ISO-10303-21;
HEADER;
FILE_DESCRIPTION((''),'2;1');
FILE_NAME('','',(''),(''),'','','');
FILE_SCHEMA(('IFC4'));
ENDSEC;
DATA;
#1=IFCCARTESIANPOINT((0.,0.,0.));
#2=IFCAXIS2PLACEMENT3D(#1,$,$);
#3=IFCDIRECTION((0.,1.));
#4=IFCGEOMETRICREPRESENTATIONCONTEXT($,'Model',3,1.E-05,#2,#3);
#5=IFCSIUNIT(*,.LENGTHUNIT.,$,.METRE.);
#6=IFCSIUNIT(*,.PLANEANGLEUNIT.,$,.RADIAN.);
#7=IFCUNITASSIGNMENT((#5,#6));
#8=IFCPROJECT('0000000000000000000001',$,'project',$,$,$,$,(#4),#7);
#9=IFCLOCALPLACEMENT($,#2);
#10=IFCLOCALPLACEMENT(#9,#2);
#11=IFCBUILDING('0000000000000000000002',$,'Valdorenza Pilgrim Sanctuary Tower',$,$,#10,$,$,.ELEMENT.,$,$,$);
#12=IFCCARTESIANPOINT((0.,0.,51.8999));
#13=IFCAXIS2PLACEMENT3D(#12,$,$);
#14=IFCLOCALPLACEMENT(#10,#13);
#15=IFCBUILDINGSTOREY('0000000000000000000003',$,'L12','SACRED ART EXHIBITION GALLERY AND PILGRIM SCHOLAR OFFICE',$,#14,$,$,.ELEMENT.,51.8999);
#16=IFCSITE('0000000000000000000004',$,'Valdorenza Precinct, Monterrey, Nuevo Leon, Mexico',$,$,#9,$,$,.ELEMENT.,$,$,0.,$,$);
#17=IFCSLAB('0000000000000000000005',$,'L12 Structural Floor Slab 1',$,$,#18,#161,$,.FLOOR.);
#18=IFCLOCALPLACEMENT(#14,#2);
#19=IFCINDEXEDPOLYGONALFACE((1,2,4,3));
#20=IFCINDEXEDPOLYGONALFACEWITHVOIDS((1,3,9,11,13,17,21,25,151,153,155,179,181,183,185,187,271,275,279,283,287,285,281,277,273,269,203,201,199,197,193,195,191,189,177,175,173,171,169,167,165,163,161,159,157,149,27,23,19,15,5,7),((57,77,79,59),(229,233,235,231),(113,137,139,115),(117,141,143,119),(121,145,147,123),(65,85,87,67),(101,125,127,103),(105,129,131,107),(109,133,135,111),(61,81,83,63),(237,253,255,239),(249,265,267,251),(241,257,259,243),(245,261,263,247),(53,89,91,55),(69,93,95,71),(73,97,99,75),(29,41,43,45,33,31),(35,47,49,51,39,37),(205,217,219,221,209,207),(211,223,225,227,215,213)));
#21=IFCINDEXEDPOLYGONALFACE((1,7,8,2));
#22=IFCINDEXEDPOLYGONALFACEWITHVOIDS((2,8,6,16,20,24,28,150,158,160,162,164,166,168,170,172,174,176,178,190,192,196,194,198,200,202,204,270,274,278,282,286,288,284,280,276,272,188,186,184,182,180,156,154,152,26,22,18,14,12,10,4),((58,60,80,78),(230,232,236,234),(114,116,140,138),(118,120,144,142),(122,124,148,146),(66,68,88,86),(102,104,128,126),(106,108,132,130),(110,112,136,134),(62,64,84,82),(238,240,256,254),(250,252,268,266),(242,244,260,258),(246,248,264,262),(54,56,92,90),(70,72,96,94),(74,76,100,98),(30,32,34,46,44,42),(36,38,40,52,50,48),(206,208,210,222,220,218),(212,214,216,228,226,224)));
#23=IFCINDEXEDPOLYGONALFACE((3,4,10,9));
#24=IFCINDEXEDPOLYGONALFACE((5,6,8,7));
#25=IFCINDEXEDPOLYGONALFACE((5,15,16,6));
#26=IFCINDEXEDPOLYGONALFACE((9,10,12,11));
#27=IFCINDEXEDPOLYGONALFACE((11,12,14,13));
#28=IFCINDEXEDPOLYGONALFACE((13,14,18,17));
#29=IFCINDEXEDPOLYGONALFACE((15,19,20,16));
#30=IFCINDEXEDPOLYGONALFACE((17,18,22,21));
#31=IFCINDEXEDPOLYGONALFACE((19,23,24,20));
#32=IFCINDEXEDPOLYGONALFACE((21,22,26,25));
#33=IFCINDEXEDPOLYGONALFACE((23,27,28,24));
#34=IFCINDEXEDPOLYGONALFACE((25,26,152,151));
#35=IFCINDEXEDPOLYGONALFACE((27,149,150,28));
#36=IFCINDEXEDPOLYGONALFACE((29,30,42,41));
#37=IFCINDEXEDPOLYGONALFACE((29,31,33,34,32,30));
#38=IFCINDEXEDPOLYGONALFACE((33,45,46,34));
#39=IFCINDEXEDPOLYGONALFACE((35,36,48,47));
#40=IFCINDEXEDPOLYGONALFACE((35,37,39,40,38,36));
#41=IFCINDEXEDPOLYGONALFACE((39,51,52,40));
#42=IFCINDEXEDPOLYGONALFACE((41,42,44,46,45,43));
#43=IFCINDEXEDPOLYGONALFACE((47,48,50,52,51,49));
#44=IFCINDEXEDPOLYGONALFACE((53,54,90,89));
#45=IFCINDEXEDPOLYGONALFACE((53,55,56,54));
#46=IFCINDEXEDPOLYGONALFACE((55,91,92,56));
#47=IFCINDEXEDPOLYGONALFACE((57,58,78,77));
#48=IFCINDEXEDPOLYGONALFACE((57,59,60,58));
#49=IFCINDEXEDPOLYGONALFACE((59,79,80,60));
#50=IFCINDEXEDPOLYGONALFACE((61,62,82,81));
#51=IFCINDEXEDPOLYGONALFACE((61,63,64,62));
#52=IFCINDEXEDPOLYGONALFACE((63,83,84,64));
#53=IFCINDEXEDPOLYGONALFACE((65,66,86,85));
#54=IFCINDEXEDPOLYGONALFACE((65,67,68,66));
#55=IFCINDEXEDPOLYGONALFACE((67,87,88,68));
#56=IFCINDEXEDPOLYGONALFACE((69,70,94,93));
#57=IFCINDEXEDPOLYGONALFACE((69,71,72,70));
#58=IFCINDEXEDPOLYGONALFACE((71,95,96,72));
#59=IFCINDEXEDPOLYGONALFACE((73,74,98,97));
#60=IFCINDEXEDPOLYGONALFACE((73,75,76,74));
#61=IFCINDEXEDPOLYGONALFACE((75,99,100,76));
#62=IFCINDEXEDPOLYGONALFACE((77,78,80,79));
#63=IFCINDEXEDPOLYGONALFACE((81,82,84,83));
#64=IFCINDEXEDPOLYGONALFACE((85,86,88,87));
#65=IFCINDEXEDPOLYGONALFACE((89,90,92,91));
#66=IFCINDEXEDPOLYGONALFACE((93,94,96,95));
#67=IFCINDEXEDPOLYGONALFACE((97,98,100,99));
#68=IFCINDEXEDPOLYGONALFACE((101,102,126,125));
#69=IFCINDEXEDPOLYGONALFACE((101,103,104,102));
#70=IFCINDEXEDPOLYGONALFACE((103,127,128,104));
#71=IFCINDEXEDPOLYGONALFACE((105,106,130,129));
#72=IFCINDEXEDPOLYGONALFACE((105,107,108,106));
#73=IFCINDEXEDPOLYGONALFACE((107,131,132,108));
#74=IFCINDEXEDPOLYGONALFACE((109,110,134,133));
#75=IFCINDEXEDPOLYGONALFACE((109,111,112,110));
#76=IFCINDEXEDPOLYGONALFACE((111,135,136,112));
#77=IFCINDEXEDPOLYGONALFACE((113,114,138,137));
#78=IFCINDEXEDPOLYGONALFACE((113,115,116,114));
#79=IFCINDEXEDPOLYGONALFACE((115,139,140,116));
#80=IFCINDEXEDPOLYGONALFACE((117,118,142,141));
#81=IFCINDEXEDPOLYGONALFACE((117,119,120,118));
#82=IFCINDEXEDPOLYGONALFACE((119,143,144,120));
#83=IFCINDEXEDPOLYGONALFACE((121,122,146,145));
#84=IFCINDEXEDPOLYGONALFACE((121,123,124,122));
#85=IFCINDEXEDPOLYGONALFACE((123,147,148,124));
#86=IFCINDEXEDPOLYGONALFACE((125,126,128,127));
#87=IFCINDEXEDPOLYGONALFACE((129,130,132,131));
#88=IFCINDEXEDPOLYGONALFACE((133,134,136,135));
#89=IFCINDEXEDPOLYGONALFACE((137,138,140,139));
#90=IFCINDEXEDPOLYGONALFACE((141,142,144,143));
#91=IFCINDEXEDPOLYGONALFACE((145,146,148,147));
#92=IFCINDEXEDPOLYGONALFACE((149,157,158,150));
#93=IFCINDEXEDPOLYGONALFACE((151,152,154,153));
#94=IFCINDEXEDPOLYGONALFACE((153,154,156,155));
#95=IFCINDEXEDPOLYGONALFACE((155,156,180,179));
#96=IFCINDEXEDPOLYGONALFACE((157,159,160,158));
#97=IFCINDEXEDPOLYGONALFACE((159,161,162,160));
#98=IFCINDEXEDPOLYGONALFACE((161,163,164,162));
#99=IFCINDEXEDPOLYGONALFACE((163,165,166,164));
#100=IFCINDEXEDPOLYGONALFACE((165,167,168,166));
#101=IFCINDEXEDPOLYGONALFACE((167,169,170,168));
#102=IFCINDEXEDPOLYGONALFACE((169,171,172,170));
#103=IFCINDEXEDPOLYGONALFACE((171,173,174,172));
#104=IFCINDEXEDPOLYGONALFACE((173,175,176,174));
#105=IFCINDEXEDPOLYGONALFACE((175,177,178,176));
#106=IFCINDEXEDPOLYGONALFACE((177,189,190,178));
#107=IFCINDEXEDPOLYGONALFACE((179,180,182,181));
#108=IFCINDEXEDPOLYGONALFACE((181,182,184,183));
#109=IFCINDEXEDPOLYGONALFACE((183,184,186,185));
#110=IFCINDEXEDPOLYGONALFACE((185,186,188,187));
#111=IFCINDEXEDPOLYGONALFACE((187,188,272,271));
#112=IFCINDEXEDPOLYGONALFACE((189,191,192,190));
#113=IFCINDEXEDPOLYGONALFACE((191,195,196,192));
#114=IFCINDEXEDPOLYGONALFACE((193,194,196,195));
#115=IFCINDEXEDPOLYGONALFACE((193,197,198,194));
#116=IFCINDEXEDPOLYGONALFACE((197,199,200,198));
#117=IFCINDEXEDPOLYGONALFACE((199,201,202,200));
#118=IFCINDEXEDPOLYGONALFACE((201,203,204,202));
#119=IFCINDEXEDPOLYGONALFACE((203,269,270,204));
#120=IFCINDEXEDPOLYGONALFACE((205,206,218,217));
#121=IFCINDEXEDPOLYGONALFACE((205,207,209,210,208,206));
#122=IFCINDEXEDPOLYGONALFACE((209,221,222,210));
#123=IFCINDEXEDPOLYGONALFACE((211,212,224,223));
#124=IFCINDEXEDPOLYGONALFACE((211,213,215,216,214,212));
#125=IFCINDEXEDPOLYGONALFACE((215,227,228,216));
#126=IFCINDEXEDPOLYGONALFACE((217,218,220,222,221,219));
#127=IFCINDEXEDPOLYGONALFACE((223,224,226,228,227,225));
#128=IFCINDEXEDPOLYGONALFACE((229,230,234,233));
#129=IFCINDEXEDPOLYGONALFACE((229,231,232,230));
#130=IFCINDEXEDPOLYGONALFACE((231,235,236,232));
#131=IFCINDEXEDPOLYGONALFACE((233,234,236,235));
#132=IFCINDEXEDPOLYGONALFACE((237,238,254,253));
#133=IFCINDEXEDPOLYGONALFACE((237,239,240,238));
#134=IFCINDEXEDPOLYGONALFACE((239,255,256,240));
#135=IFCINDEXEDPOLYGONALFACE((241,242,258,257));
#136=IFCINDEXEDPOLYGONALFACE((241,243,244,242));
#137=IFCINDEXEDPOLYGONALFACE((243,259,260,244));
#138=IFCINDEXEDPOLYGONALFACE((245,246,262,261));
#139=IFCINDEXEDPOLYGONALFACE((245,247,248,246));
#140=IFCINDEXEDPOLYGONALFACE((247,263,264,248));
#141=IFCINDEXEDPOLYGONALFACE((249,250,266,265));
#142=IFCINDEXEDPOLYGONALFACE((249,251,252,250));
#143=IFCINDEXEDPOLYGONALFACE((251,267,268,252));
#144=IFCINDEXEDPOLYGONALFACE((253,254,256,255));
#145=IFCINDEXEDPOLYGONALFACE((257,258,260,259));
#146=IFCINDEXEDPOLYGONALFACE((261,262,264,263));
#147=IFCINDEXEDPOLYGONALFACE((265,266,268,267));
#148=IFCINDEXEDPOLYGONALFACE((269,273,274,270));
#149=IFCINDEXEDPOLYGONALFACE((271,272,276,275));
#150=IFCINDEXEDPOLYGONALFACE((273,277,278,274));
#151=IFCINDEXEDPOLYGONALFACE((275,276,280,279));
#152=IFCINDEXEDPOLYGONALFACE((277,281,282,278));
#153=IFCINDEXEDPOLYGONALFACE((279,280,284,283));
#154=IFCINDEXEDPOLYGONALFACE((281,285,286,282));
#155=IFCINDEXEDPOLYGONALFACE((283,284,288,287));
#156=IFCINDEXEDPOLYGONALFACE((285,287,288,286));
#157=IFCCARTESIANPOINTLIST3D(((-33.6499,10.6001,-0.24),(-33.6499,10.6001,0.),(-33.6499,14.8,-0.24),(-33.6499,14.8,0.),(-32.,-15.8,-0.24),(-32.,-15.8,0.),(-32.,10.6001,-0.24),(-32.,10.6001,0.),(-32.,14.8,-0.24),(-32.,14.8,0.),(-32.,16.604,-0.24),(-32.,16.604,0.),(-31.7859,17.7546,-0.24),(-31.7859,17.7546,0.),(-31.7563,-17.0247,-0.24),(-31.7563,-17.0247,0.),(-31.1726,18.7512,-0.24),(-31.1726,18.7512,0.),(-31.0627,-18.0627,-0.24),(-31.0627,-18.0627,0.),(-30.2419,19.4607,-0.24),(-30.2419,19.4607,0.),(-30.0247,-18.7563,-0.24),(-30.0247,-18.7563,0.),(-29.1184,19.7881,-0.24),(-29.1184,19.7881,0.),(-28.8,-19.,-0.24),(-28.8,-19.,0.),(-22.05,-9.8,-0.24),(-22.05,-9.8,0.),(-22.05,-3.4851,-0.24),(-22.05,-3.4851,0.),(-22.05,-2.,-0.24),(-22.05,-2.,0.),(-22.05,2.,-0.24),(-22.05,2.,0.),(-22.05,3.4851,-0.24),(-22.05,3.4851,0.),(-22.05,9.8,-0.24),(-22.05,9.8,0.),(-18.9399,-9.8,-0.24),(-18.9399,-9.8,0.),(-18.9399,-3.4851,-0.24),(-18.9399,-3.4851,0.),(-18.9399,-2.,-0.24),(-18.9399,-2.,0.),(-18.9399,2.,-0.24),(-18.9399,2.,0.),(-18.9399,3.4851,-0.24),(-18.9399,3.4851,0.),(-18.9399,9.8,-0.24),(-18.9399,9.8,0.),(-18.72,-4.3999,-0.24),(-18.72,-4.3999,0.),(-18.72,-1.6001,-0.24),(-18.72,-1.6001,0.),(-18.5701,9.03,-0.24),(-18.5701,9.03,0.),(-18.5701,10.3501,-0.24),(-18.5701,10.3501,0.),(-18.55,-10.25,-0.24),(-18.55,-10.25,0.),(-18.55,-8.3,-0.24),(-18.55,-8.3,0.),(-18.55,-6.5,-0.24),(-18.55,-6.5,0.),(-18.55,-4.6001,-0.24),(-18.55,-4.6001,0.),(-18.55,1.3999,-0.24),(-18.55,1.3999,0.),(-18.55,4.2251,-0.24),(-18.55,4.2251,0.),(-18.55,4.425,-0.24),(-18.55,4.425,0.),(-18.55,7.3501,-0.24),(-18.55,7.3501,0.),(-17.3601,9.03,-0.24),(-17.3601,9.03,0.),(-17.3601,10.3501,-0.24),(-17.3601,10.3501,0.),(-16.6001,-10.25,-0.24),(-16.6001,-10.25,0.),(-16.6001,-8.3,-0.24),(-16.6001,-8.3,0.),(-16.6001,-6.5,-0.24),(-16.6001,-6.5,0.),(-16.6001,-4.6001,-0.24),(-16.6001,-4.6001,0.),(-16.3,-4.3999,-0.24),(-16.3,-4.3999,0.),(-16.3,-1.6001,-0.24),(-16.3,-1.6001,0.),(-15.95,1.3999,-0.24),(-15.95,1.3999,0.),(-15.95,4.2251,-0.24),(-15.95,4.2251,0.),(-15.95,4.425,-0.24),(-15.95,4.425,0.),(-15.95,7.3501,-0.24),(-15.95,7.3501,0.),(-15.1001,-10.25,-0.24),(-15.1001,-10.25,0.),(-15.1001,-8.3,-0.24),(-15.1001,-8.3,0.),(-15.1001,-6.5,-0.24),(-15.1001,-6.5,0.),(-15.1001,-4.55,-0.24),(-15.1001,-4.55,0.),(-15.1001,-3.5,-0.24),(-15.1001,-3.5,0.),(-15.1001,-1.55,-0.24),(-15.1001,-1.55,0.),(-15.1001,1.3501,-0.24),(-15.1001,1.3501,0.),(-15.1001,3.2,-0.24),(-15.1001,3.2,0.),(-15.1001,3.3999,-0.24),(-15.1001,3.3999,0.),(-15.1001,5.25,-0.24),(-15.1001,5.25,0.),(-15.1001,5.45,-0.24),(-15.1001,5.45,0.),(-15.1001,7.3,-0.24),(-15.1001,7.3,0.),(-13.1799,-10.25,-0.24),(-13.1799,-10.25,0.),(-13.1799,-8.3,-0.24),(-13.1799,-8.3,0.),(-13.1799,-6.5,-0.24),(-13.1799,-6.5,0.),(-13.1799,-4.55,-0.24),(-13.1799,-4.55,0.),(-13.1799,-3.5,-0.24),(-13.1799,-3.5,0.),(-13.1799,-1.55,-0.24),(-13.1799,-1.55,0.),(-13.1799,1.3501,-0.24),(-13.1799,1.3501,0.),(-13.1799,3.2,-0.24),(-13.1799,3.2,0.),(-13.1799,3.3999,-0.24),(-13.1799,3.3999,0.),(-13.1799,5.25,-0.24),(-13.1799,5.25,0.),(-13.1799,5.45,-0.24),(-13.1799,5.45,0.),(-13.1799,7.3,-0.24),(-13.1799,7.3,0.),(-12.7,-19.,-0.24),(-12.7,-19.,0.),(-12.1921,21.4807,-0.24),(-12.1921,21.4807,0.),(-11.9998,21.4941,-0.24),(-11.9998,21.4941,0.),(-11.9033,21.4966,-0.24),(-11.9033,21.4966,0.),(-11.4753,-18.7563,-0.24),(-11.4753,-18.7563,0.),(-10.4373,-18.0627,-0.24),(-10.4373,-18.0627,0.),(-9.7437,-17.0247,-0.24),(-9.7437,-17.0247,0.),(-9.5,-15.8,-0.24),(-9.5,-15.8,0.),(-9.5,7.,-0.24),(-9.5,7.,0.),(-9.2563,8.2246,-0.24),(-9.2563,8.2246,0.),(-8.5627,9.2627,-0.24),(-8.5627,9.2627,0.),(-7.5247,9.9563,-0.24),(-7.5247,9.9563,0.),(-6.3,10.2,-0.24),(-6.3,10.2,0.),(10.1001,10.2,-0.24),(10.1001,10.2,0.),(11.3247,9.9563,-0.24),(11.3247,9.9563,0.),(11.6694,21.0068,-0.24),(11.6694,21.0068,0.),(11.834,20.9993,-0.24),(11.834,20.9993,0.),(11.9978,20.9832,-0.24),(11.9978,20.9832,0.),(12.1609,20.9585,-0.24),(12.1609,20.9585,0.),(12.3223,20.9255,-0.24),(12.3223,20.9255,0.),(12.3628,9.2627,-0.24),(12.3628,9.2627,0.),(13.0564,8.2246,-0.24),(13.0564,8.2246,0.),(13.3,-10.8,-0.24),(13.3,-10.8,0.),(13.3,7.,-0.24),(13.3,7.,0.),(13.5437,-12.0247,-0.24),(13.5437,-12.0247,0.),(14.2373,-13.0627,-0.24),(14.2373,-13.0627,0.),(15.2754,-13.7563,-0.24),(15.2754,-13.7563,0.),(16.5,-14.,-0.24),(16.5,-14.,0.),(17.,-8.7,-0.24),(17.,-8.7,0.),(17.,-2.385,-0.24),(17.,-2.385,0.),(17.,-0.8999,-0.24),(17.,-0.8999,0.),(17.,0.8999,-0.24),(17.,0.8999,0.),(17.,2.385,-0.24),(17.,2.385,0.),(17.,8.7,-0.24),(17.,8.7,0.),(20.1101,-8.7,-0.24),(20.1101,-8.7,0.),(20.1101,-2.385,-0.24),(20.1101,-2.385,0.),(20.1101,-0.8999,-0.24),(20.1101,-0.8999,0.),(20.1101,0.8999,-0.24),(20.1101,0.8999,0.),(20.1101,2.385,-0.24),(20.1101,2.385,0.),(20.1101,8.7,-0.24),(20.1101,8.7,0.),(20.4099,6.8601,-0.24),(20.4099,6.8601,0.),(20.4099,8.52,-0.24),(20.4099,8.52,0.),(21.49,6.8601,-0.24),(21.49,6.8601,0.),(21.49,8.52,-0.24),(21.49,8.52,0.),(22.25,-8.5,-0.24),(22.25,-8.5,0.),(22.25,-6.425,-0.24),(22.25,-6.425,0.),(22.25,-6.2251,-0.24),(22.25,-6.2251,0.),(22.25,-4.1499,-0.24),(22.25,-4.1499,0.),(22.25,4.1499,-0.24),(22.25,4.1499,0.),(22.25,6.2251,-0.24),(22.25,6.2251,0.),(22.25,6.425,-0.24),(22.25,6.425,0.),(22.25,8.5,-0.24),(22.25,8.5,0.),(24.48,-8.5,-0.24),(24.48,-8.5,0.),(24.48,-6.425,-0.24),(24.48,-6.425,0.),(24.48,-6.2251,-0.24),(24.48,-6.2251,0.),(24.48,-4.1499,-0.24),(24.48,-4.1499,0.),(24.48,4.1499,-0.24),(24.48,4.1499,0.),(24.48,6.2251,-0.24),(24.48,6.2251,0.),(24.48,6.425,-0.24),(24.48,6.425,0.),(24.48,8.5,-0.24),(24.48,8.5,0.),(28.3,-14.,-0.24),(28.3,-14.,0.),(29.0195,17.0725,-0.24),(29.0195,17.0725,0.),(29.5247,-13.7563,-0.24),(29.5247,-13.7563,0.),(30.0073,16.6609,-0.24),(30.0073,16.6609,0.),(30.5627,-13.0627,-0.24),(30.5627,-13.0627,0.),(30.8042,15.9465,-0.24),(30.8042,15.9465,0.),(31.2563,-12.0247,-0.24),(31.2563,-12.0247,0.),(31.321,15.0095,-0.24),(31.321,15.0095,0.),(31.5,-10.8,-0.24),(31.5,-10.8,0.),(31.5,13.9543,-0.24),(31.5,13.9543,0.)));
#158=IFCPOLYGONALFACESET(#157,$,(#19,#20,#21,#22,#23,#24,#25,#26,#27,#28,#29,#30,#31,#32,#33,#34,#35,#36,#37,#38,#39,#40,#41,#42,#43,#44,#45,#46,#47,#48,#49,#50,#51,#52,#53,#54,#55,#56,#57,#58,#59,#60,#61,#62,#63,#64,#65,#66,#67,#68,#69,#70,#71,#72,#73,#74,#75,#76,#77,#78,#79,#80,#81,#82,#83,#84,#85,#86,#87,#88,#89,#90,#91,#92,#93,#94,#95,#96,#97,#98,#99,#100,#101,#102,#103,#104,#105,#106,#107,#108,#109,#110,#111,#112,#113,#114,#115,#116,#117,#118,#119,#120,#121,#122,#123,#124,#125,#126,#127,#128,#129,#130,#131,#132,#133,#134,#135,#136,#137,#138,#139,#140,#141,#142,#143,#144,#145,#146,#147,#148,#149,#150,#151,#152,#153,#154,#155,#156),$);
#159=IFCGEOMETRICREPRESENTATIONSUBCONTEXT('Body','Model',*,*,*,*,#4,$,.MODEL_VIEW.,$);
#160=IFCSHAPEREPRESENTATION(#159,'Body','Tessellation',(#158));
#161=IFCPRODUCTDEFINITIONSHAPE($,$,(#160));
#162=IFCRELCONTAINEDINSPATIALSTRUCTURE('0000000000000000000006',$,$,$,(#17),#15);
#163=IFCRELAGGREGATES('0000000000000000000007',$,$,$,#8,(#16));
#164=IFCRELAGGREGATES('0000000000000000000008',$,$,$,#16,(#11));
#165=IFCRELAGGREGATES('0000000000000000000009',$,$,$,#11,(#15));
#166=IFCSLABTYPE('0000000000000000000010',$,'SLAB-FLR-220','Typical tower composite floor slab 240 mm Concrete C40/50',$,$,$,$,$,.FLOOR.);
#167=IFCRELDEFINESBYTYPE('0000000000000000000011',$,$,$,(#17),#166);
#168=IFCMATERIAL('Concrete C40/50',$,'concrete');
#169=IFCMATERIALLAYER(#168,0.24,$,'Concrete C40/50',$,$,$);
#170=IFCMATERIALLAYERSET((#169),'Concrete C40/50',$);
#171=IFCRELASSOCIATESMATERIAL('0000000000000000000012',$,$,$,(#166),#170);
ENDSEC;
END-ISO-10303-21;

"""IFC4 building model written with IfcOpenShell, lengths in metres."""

from ifc_helpers import new_model, si_unit, direction, frame, origin, place, context, subcontext, project, spatial, polyline, outline, extrude, material, layer, layer_set, type_object, element, save


model = new_model("IFC4")

# Units and contexts
model_context = context("Model", 3, precision=1e-05, world=origin(), true_north=direction((0.0, 1.0)))
body_context = subcontext(model_context, "Body", "Model", "MODEL_VIEW")
ifc_project = project(units=[si_unit("LENGTHUNIT", "METRE"), si_unit("PLANEANGLEUNIT", "RADIAN")], contexts=[model_context])

# Site, building, storey
site_placement = place(None, origin())
site = spatial("IfcSite", under=ifc_project, at=site_placement, Name="Valdorenza Precinct, Monterrey, Nuevo Leon, Mexico", CompositionType="ELEMENT", RefElevation=0.0)
building_placement = place(site_placement, origin())
building = spatial("IfcBuilding", under=site, at=building_placement, Name="Valdorenza Pilgrim Sanctuary Tower", CompositionType="ELEMENT")
storey_placement = place(building_placement, frame((0.0, 0.0, 51.8999)))
storey = spatial("IfcBuildingStorey", under=building, at=storey_placement, Name="L12", Description="SACRED ART EXHIBITION GALLERY AND PILGRIM SCHOLAR OFFICE", CompositionType="ELEMENT", Elevation=51.8999)

# Slab
ifc_material_1 = material(Name="Concrete C40/50", Category="concrete")
ifc_layer_1 = layer(ifc_material_1, 0.24, Name="Concrete C40/50")
ifc_layer_set_1 = layer_set([ifc_layer_1], Name="Concrete C40/50")
slab_type_1 = type_object("IfcSlabType", Name="SLAB-FLR-220", Description="Typical tower composite floor slab 240 mm Concrete C40/50", PredefinedType="FLOOR", material=ifc_layer_set_1)
slab_1_placement = place(storey_placement, frame((0.0, 0.0, -0.24)))
element("IfcSlab", 1, at=slab_1_placement, inside=storey, type_object=slab_type_1, Name="L12 Structural Floor Slab 1", PredefinedType="FLOOR", context=body_context, shape_type="SweptSolid", body=[
    extrude(outline(polyline([(-31.7859, 17.7546), (-31.1726, 18.7512), (-30.2419, 19.4607), (-29.1184, 19.7881), (-12.1921, 21.4807), (-11.9998, 21.4941), (-11.9033, 21.4966), (11.6694, 21.0068), (11.834, 20.9993), (11.9978, 20.9832), (12.1609, 20.9585), (12.3223, 20.9255), (29.0195, 17.0725), (30.0073, 16.6609), (30.8042, 15.9465), (31.321, 15.0095), (31.5, 13.9543), (31.5, -10.8), (31.2563, -12.0247), (30.5627, -13.0627), (29.5247, -13.7563), (28.3, -14.0), (16.5, -14.0), (15.2754, -13.7563), (14.2373, -13.0627), (13.5437, -12.0247), (13.3, -10.8), (13.3, 7.0), (13.0564, 8.2246), (12.3628, 9.2627), (11.3247, 9.9563), (10.1001, 10.2), (-6.3, 10.2), (-7.5247, 9.9563), (-8.5627, 9.2627), (-9.2563, 8.2246), (-9.5, 7.0), (-9.5, -15.8), (-9.7437, -17.0247), (-10.4373, -18.0627), (-11.4753, -18.7563), (-12.7, -19.0), (-28.8, -19.0), (-30.0247, -18.7563), (-31.0627, -18.0627), (-31.7563, -17.0247), (-32.0, -15.8), (-32.0, 10.6001), (-33.6499, 10.6001), (-33.6499, 14.8), (-32.0, 14.8), (-32.0, 16.604), (-31.7859, 17.7546)]), holes=[polyline([(-16.6001, -10.25), (-16.6001, -8.3), (-18.55, -8.3), (-18.55, -10.25), (-16.6001, -10.25)]), polyline([(-22.05, -9.8), (-18.9399, -9.8), (-18.9399, -3.4851), (-18.9399, -2.0), (-22.05, -2.0), (-22.05, -3.4851), (-22.05, -9.8)]), polyline([(-18.55, -6.5), (-16.6001, -6.5), (-16.6001, -4.6001), (-18.55, -4.6001), (-18.55, -6.5)]), polyline([(-13.1799, -6.5), (-13.1799, -4.55), (-15.1001, -4.55), (-15.1001, -6.5), (-13.1799, -6.5)]), polyline([(-18.72, -4.3999), (-16.3, -4.3999), (-16.3, -1.6001), (-18.72, -1.6001), (-18.72, -4.3999)]), polyline([(-13.1799, -3.5), (-13.1799, -1.55), (-15.1001, -1.55), (-15.1001, -3.5), (-13.1799, -3.5)]), polyline([(-22.05, 2.0), (-18.9399, 2.0), (-18.9399, 3.4851), (-18.9399, 9.8), (-22.05, 9.8), (-22.05, 3.4851), (-22.05, 2.0)]), polyline([(-18.55, 1.3999), (-15.95, 1.3999), (-15.95, 4.2251), (-18.55, 4.2251), (-18.55, 1.3999)]), polyline([(-15.95, 4.425), (-15.95, 7.3501), (-18.55, 7.3501), (-18.55, 4.425), (-15.95, 4.425)]), polyline([(-15.1001, 5.45), (-13.1799, 5.45), (-13.1799, 7.3), (-15.1001, 7.3), (-15.1001, 5.45)]), polyline([(-17.3601, 9.03), (-17.3601, 10.3501), (-18.5701, 10.3501), (-18.5701, 9.03), (-17.3601, 9.03)]), polyline([(-15.1001, -10.25), (-13.1799, -10.25), (-13.1799, -8.3), (-15.1001, -8.3), (-15.1001, -10.25)]), polyline([(22.25, -8.5), (24.48, -8.5), (24.48, -6.425), (22.25, -6.425), (22.25, -8.5)]), polyline([(17.0, -2.385), (17.0, -8.7), (20.1101, -8.7), (20.1101, -2.385), (20.1101, -0.8999), (17.0, -0.8999), (17.0, -2.385)]), polyline([(22.25, -6.2251), (24.48, -6.2251), (24.48, -4.1499), (22.25, -4.1499), (22.25, -6.2251)]), polyline([(17.0, 0.8999), (20.1101, 0.8999), (20.1101, 2.385), (20.1101, 8.7), (17.0, 8.7), (17.0, 2.385), (17.0, 0.8999)]), polyline([(-15.1001, 1.3501), (-13.1799, 1.3501), (-13.1799, 3.2), (-15.1001, 3.2), (-15.1001, 1.3501)]), polyline([(-15.1001, 3.3999), (-13.1799, 3.3999), (-13.1799, 5.25), (-15.1001, 5.25), (-15.1001, 3.3999)]), polyline([(22.25, 4.1499), (24.48, 4.1499), (24.48, 6.2251), (22.25, 6.2251), (22.25, 4.1499)]), polyline([(22.25, 6.425), (24.48, 6.425), (24.48, 8.5), (22.25, 8.5), (22.25, 6.425)]), polyline([(20.4099, 6.8601), (21.49, 6.8601), (21.49, 8.52), (20.4099, 8.52), (20.4099, 6.8601)])]), origin(), (0.0, 0.0, 1.0), 0.24),
])

save(model, "model.ifc")
